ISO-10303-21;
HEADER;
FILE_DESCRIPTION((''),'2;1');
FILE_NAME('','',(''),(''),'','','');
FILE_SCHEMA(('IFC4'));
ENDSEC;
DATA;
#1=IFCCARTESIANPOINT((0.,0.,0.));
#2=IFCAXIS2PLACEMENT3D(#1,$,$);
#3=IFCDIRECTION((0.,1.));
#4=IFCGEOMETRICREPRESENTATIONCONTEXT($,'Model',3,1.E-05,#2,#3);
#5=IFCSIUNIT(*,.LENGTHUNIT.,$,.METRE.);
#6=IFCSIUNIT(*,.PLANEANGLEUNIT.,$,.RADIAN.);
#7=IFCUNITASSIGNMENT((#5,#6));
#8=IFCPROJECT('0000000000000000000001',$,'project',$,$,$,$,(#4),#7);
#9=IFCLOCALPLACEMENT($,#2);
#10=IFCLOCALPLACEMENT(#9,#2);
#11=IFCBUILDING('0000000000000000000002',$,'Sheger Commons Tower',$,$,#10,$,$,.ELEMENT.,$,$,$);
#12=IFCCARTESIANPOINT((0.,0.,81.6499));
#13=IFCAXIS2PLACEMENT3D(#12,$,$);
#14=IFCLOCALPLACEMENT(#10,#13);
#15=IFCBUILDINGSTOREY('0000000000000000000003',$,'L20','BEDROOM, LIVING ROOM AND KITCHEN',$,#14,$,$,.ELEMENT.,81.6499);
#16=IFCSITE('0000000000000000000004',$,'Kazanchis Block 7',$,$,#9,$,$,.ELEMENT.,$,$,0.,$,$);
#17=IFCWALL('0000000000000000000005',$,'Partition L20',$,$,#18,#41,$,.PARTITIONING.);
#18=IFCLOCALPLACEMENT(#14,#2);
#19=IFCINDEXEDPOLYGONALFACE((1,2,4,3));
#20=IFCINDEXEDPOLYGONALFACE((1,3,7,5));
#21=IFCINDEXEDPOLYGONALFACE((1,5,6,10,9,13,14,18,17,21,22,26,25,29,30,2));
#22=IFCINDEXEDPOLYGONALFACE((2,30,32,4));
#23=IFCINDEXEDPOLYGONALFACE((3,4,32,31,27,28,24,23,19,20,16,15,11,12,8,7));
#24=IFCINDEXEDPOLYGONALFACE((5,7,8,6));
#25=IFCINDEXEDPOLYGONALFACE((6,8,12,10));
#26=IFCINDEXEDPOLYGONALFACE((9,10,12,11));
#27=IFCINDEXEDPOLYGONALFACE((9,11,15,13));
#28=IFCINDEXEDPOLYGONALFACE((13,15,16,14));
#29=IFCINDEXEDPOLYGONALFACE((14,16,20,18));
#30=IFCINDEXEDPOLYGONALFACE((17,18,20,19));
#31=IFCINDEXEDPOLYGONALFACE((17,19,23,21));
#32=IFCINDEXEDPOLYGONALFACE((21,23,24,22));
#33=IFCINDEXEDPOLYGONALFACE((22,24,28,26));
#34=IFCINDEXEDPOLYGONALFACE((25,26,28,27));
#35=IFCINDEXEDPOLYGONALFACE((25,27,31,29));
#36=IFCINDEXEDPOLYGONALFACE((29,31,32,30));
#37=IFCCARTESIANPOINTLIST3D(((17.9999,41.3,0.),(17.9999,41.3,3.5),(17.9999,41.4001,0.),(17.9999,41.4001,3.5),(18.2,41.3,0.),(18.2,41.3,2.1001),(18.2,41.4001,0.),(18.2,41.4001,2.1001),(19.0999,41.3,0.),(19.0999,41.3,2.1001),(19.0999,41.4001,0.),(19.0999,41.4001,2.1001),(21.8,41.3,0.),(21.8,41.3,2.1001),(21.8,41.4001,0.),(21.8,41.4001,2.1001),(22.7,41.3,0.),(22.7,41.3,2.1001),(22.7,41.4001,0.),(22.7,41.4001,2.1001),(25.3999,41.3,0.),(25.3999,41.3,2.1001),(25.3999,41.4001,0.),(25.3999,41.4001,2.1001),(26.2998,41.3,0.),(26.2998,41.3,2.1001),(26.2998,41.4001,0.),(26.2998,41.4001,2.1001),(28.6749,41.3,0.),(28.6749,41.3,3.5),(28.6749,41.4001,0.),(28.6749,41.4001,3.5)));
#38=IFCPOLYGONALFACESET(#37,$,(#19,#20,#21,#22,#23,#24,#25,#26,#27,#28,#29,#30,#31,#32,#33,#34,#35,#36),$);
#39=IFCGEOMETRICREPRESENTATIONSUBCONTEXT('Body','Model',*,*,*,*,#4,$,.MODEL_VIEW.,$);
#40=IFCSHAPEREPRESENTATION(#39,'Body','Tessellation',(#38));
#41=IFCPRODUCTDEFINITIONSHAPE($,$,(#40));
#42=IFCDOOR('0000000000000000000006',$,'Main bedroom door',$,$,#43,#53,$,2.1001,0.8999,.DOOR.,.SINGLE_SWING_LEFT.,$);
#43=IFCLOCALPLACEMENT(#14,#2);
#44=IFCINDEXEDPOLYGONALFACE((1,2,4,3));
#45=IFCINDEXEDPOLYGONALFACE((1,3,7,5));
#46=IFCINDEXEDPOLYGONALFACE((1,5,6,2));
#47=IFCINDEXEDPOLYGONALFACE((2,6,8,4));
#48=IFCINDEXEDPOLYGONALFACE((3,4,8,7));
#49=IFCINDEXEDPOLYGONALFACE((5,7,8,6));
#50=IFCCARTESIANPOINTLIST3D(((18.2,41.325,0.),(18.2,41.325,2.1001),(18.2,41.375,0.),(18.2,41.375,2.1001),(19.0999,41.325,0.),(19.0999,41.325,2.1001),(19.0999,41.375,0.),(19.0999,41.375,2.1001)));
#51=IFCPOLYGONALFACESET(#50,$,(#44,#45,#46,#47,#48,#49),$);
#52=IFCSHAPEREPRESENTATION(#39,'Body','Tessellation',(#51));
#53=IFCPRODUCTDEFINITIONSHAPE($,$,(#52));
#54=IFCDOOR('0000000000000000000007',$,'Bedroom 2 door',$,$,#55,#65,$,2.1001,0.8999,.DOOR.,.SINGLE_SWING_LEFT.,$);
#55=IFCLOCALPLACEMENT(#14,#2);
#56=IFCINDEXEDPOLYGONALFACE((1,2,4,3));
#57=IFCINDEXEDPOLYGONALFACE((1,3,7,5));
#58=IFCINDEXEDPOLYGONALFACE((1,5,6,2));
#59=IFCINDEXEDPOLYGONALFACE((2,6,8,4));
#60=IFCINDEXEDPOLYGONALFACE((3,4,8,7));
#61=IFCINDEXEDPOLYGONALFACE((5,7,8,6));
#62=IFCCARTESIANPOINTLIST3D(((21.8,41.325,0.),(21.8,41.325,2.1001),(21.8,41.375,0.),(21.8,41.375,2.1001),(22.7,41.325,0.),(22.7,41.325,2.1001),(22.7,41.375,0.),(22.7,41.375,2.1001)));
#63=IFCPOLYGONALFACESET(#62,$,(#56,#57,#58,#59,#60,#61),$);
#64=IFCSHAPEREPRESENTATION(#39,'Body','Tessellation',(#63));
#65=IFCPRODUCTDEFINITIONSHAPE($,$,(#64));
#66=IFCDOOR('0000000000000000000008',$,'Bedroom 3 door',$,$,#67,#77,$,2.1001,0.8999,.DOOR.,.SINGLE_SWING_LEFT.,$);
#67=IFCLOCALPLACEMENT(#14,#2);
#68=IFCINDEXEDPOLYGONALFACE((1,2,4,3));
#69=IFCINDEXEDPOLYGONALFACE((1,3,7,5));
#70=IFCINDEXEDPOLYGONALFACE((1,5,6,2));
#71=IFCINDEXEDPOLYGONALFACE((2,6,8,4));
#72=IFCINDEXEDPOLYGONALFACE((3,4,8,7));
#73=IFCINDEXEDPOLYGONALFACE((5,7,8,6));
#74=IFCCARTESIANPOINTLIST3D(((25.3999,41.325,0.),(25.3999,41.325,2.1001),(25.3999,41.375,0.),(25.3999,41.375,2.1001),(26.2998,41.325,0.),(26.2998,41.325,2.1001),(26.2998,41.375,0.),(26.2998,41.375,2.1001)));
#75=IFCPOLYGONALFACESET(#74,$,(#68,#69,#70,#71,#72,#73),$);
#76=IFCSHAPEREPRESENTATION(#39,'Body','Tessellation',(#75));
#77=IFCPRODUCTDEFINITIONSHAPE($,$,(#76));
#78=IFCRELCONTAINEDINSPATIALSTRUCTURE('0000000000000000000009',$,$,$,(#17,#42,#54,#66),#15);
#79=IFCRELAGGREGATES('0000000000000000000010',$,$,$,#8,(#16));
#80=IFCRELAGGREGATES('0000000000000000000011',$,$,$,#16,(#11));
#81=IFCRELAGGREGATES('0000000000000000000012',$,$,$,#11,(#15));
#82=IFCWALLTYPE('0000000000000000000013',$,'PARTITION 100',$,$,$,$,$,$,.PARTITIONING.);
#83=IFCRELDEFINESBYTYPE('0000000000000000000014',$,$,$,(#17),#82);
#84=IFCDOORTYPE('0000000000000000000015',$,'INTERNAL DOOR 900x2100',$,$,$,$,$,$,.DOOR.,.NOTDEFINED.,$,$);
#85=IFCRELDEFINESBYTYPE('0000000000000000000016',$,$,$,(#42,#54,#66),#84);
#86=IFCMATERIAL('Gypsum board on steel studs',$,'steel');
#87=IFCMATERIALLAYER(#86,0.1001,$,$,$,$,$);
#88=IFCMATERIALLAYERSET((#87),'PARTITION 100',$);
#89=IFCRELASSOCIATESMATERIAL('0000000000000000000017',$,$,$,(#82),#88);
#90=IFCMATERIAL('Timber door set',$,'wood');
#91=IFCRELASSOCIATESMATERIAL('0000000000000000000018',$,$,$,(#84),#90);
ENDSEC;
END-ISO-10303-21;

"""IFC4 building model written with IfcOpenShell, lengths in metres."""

from ifc_helpers import new_model, si_unit, direction, frame, frame_2d, origin, place, context, subcontext, project, spatial, rectangle, extrude, material, layer, layer_set, type_object, element, fill, save


model = new_model("IFC4")

# Units and contexts
model_context = context("Model", 3, precision=1e-05, world=origin(), true_north=direction((0.0, 1.0)))
body_context = subcontext(model_context, "Body", "Model", "MODEL_VIEW")
ifc_project = project(units=[si_unit("LENGTHUNIT", "METRE"), si_unit("PLANEANGLEUNIT", "RADIAN")], contexts=[model_context])

# Site, building, storey
site_placement = place(None, origin())
site = spatial("IfcSite", under=ifc_project, at=site_placement, Name="Kazanchis Block 7", CompositionType="ELEMENT", RefElevation=0.0)
building_placement = place(site_placement, origin())
building = spatial("IfcBuilding", under=site, at=building_placement, Name="Sheger Commons Tower", CompositionType="ELEMENT")
storey_placement = place(building_placement, frame((0.0, 0.0, 81.6499)))
storey = spatial("IfcBuildingStorey", under=building, at=storey_placement, Name="L20", Description="BEDROOM, LIVING ROOM AND KITCHEN", CompositionType="ELEMENT", Elevation=81.6499)

# Wall, openings, doors
ifc_material_1 = material(Name="Gypsum board on steel studs", Category="steel")
ifc_layer_1 = layer(ifc_material_1, 0.1001)
ifc_layer_set_1 = layer_set([ifc_layer_1], Name="PARTITION 100")
wall_type_1 = type_object("IfcWallType", Name="PARTITION 100", PredefinedType="PARTITIONING", material=ifc_layer_set_1)
wall_1_placement = place(storey_placement, frame((18.0, 41.3501, 0.0), z_axis=(0.0, 0.0, 1.0), x_axis=(1.0, 0.0, 0.0)))
wall_1 = element("IfcWall", 1, at=wall_1_placement, inside=storey, type_object=wall_type_1, Name="Partition L20", PredefinedType="PARTITIONING", context=body_context, shape_type="SweptSolid", body=[
    extrude(rectangle(XDim=10.675, YDim=0.1001, at=frame_2d((5.3374, 0.0))), origin(), (0.0, 0.0, 1.0), 3.5),
])
opening_1_placement = place(wall_1_placement, frame((0.2, 0.0, 0.0)))
opening_1 = element("IfcOpeningElement", 2, at=opening_1_placement, cuts=wall_1, PredefinedType="OPENING", context=body_context, shape_type="SweptSolid", body=[
    extrude(rectangle(XDim=0.8999, YDim=2.1001, at=frame_2d((0.45, 1.05))), frame((0.0, 0.0601, 0.0), z_axis=(0.0, -1.0, 0.0), x_axis=(1.0, 0.0, 0.0)), (0.0, 0.0, 1.0), 0.1201),
])
opening_2_placement = place(wall_1_placement, frame((3.8, 0.0, 0.0)))
opening_2 = element("IfcOpeningElement", 3, at=opening_2_placement, cuts=wall_1, PredefinedType="OPENING", context=body_context, shape_type="SweptSolid", body=[
    extrude(rectangle(XDim=0.8999, YDim=2.1001, at=frame_2d((0.45, 1.05))), frame((0.0, 0.0601, 0.0), z_axis=(0.0, -1.0, 0.0), x_axis=(1.0, 0.0, 0.0)), (0.0, 0.0, 1.0), 0.1201),
])
opening_3_placement = place(wall_1_placement, frame((7.3999, 0.0, 0.0)))
opening_3 = element("IfcOpeningElement", 4, at=opening_3_placement, cuts=wall_1, PredefinedType="OPENING", context=body_context, shape_type="SweptSolid", body=[
    extrude(rectangle(XDim=0.8999, YDim=2.1001, at=frame_2d((0.45, 1.05))), frame((0.0, 0.0601, 0.0), z_axis=(0.0, -1.0, 0.0), x_axis=(1.0, 0.0, 0.0)), (0.0, 0.0, 1.0), 0.1201),
])
ifc_material_2 = material(Name="Timber door set", Category="wood")
door_type_1 = type_object("IfcDoorType", Name="INTERNAL DOOR 900x2100", OperationType="NOTDEFINED", PredefinedType="DOOR", material=ifc_material_2)
door_1_placement = place(opening_1_placement, origin())
door_1 = element("IfcDoor", 5, at=door_1_placement, inside=storey, type_object=door_type_1, Name="Main bedroom door", OperationType="SINGLE_SWING_LEFT", OverallHeight=2.1001, OverallWidth=0.8999, PredefinedType="DOOR", context=body_context, shape_type="SweptSolid", body=[
    extrude(rectangle(XDim=0.8999, YDim=2.1001, at=frame_2d((0.45, 1.05))), frame((0.0, 0.0249, 0.0), z_axis=(0.0, -1.0, 0.0), x_axis=(1.0, 0.0, 0.0)), (0.0, 0.0, 1.0), 0.05),
])
fill(opening_1, door_1)
door_2_placement = place(opening_2_placement, origin())
door_2 = element("IfcDoor", 6, at=door_2_placement, inside=storey, type_object=door_type_1, Name="Bedroom 2 door", OperationType="SINGLE_SWING_LEFT", OverallHeight=2.1001, OverallWidth=0.8999, PredefinedType="DOOR", context=body_context, shape_type="SweptSolid", body=[
    extrude(rectangle(XDim=0.8999, YDim=2.1001, at=frame_2d((0.45, 1.05))), frame((0.0, 0.0249, 0.0), z_axis=(0.0, -1.0, 0.0), x_axis=(1.0, 0.0, 0.0)), (0.0, 0.0, 1.0), 0.05),
])
fill(opening_2, door_2)
door_3_placement = place(opening_3_placement, origin())
door_3 = element("IfcDoor", 7, at=door_3_placement, inside=storey, type_object=door_type_1, Name="Bedroom 3 door", OperationType="SINGLE_SWING_LEFT", OverallHeight=2.1001, OverallWidth=0.8999, PredefinedType="DOOR", context=body_context, shape_type="SweptSolid", body=[
    extrude(rectangle(XDim=0.8999, YDim=2.1001, at=frame_2d((0.45, 1.05))), frame((0.0, 0.0249, 0.0), z_axis=(0.0, -1.0, 0.0), x_axis=(1.0, 0.0, 0.0)), (0.0, 0.0, 1.0), 0.05),
])
fill(opening_3, door_3)

save(model, "model.ifc")
